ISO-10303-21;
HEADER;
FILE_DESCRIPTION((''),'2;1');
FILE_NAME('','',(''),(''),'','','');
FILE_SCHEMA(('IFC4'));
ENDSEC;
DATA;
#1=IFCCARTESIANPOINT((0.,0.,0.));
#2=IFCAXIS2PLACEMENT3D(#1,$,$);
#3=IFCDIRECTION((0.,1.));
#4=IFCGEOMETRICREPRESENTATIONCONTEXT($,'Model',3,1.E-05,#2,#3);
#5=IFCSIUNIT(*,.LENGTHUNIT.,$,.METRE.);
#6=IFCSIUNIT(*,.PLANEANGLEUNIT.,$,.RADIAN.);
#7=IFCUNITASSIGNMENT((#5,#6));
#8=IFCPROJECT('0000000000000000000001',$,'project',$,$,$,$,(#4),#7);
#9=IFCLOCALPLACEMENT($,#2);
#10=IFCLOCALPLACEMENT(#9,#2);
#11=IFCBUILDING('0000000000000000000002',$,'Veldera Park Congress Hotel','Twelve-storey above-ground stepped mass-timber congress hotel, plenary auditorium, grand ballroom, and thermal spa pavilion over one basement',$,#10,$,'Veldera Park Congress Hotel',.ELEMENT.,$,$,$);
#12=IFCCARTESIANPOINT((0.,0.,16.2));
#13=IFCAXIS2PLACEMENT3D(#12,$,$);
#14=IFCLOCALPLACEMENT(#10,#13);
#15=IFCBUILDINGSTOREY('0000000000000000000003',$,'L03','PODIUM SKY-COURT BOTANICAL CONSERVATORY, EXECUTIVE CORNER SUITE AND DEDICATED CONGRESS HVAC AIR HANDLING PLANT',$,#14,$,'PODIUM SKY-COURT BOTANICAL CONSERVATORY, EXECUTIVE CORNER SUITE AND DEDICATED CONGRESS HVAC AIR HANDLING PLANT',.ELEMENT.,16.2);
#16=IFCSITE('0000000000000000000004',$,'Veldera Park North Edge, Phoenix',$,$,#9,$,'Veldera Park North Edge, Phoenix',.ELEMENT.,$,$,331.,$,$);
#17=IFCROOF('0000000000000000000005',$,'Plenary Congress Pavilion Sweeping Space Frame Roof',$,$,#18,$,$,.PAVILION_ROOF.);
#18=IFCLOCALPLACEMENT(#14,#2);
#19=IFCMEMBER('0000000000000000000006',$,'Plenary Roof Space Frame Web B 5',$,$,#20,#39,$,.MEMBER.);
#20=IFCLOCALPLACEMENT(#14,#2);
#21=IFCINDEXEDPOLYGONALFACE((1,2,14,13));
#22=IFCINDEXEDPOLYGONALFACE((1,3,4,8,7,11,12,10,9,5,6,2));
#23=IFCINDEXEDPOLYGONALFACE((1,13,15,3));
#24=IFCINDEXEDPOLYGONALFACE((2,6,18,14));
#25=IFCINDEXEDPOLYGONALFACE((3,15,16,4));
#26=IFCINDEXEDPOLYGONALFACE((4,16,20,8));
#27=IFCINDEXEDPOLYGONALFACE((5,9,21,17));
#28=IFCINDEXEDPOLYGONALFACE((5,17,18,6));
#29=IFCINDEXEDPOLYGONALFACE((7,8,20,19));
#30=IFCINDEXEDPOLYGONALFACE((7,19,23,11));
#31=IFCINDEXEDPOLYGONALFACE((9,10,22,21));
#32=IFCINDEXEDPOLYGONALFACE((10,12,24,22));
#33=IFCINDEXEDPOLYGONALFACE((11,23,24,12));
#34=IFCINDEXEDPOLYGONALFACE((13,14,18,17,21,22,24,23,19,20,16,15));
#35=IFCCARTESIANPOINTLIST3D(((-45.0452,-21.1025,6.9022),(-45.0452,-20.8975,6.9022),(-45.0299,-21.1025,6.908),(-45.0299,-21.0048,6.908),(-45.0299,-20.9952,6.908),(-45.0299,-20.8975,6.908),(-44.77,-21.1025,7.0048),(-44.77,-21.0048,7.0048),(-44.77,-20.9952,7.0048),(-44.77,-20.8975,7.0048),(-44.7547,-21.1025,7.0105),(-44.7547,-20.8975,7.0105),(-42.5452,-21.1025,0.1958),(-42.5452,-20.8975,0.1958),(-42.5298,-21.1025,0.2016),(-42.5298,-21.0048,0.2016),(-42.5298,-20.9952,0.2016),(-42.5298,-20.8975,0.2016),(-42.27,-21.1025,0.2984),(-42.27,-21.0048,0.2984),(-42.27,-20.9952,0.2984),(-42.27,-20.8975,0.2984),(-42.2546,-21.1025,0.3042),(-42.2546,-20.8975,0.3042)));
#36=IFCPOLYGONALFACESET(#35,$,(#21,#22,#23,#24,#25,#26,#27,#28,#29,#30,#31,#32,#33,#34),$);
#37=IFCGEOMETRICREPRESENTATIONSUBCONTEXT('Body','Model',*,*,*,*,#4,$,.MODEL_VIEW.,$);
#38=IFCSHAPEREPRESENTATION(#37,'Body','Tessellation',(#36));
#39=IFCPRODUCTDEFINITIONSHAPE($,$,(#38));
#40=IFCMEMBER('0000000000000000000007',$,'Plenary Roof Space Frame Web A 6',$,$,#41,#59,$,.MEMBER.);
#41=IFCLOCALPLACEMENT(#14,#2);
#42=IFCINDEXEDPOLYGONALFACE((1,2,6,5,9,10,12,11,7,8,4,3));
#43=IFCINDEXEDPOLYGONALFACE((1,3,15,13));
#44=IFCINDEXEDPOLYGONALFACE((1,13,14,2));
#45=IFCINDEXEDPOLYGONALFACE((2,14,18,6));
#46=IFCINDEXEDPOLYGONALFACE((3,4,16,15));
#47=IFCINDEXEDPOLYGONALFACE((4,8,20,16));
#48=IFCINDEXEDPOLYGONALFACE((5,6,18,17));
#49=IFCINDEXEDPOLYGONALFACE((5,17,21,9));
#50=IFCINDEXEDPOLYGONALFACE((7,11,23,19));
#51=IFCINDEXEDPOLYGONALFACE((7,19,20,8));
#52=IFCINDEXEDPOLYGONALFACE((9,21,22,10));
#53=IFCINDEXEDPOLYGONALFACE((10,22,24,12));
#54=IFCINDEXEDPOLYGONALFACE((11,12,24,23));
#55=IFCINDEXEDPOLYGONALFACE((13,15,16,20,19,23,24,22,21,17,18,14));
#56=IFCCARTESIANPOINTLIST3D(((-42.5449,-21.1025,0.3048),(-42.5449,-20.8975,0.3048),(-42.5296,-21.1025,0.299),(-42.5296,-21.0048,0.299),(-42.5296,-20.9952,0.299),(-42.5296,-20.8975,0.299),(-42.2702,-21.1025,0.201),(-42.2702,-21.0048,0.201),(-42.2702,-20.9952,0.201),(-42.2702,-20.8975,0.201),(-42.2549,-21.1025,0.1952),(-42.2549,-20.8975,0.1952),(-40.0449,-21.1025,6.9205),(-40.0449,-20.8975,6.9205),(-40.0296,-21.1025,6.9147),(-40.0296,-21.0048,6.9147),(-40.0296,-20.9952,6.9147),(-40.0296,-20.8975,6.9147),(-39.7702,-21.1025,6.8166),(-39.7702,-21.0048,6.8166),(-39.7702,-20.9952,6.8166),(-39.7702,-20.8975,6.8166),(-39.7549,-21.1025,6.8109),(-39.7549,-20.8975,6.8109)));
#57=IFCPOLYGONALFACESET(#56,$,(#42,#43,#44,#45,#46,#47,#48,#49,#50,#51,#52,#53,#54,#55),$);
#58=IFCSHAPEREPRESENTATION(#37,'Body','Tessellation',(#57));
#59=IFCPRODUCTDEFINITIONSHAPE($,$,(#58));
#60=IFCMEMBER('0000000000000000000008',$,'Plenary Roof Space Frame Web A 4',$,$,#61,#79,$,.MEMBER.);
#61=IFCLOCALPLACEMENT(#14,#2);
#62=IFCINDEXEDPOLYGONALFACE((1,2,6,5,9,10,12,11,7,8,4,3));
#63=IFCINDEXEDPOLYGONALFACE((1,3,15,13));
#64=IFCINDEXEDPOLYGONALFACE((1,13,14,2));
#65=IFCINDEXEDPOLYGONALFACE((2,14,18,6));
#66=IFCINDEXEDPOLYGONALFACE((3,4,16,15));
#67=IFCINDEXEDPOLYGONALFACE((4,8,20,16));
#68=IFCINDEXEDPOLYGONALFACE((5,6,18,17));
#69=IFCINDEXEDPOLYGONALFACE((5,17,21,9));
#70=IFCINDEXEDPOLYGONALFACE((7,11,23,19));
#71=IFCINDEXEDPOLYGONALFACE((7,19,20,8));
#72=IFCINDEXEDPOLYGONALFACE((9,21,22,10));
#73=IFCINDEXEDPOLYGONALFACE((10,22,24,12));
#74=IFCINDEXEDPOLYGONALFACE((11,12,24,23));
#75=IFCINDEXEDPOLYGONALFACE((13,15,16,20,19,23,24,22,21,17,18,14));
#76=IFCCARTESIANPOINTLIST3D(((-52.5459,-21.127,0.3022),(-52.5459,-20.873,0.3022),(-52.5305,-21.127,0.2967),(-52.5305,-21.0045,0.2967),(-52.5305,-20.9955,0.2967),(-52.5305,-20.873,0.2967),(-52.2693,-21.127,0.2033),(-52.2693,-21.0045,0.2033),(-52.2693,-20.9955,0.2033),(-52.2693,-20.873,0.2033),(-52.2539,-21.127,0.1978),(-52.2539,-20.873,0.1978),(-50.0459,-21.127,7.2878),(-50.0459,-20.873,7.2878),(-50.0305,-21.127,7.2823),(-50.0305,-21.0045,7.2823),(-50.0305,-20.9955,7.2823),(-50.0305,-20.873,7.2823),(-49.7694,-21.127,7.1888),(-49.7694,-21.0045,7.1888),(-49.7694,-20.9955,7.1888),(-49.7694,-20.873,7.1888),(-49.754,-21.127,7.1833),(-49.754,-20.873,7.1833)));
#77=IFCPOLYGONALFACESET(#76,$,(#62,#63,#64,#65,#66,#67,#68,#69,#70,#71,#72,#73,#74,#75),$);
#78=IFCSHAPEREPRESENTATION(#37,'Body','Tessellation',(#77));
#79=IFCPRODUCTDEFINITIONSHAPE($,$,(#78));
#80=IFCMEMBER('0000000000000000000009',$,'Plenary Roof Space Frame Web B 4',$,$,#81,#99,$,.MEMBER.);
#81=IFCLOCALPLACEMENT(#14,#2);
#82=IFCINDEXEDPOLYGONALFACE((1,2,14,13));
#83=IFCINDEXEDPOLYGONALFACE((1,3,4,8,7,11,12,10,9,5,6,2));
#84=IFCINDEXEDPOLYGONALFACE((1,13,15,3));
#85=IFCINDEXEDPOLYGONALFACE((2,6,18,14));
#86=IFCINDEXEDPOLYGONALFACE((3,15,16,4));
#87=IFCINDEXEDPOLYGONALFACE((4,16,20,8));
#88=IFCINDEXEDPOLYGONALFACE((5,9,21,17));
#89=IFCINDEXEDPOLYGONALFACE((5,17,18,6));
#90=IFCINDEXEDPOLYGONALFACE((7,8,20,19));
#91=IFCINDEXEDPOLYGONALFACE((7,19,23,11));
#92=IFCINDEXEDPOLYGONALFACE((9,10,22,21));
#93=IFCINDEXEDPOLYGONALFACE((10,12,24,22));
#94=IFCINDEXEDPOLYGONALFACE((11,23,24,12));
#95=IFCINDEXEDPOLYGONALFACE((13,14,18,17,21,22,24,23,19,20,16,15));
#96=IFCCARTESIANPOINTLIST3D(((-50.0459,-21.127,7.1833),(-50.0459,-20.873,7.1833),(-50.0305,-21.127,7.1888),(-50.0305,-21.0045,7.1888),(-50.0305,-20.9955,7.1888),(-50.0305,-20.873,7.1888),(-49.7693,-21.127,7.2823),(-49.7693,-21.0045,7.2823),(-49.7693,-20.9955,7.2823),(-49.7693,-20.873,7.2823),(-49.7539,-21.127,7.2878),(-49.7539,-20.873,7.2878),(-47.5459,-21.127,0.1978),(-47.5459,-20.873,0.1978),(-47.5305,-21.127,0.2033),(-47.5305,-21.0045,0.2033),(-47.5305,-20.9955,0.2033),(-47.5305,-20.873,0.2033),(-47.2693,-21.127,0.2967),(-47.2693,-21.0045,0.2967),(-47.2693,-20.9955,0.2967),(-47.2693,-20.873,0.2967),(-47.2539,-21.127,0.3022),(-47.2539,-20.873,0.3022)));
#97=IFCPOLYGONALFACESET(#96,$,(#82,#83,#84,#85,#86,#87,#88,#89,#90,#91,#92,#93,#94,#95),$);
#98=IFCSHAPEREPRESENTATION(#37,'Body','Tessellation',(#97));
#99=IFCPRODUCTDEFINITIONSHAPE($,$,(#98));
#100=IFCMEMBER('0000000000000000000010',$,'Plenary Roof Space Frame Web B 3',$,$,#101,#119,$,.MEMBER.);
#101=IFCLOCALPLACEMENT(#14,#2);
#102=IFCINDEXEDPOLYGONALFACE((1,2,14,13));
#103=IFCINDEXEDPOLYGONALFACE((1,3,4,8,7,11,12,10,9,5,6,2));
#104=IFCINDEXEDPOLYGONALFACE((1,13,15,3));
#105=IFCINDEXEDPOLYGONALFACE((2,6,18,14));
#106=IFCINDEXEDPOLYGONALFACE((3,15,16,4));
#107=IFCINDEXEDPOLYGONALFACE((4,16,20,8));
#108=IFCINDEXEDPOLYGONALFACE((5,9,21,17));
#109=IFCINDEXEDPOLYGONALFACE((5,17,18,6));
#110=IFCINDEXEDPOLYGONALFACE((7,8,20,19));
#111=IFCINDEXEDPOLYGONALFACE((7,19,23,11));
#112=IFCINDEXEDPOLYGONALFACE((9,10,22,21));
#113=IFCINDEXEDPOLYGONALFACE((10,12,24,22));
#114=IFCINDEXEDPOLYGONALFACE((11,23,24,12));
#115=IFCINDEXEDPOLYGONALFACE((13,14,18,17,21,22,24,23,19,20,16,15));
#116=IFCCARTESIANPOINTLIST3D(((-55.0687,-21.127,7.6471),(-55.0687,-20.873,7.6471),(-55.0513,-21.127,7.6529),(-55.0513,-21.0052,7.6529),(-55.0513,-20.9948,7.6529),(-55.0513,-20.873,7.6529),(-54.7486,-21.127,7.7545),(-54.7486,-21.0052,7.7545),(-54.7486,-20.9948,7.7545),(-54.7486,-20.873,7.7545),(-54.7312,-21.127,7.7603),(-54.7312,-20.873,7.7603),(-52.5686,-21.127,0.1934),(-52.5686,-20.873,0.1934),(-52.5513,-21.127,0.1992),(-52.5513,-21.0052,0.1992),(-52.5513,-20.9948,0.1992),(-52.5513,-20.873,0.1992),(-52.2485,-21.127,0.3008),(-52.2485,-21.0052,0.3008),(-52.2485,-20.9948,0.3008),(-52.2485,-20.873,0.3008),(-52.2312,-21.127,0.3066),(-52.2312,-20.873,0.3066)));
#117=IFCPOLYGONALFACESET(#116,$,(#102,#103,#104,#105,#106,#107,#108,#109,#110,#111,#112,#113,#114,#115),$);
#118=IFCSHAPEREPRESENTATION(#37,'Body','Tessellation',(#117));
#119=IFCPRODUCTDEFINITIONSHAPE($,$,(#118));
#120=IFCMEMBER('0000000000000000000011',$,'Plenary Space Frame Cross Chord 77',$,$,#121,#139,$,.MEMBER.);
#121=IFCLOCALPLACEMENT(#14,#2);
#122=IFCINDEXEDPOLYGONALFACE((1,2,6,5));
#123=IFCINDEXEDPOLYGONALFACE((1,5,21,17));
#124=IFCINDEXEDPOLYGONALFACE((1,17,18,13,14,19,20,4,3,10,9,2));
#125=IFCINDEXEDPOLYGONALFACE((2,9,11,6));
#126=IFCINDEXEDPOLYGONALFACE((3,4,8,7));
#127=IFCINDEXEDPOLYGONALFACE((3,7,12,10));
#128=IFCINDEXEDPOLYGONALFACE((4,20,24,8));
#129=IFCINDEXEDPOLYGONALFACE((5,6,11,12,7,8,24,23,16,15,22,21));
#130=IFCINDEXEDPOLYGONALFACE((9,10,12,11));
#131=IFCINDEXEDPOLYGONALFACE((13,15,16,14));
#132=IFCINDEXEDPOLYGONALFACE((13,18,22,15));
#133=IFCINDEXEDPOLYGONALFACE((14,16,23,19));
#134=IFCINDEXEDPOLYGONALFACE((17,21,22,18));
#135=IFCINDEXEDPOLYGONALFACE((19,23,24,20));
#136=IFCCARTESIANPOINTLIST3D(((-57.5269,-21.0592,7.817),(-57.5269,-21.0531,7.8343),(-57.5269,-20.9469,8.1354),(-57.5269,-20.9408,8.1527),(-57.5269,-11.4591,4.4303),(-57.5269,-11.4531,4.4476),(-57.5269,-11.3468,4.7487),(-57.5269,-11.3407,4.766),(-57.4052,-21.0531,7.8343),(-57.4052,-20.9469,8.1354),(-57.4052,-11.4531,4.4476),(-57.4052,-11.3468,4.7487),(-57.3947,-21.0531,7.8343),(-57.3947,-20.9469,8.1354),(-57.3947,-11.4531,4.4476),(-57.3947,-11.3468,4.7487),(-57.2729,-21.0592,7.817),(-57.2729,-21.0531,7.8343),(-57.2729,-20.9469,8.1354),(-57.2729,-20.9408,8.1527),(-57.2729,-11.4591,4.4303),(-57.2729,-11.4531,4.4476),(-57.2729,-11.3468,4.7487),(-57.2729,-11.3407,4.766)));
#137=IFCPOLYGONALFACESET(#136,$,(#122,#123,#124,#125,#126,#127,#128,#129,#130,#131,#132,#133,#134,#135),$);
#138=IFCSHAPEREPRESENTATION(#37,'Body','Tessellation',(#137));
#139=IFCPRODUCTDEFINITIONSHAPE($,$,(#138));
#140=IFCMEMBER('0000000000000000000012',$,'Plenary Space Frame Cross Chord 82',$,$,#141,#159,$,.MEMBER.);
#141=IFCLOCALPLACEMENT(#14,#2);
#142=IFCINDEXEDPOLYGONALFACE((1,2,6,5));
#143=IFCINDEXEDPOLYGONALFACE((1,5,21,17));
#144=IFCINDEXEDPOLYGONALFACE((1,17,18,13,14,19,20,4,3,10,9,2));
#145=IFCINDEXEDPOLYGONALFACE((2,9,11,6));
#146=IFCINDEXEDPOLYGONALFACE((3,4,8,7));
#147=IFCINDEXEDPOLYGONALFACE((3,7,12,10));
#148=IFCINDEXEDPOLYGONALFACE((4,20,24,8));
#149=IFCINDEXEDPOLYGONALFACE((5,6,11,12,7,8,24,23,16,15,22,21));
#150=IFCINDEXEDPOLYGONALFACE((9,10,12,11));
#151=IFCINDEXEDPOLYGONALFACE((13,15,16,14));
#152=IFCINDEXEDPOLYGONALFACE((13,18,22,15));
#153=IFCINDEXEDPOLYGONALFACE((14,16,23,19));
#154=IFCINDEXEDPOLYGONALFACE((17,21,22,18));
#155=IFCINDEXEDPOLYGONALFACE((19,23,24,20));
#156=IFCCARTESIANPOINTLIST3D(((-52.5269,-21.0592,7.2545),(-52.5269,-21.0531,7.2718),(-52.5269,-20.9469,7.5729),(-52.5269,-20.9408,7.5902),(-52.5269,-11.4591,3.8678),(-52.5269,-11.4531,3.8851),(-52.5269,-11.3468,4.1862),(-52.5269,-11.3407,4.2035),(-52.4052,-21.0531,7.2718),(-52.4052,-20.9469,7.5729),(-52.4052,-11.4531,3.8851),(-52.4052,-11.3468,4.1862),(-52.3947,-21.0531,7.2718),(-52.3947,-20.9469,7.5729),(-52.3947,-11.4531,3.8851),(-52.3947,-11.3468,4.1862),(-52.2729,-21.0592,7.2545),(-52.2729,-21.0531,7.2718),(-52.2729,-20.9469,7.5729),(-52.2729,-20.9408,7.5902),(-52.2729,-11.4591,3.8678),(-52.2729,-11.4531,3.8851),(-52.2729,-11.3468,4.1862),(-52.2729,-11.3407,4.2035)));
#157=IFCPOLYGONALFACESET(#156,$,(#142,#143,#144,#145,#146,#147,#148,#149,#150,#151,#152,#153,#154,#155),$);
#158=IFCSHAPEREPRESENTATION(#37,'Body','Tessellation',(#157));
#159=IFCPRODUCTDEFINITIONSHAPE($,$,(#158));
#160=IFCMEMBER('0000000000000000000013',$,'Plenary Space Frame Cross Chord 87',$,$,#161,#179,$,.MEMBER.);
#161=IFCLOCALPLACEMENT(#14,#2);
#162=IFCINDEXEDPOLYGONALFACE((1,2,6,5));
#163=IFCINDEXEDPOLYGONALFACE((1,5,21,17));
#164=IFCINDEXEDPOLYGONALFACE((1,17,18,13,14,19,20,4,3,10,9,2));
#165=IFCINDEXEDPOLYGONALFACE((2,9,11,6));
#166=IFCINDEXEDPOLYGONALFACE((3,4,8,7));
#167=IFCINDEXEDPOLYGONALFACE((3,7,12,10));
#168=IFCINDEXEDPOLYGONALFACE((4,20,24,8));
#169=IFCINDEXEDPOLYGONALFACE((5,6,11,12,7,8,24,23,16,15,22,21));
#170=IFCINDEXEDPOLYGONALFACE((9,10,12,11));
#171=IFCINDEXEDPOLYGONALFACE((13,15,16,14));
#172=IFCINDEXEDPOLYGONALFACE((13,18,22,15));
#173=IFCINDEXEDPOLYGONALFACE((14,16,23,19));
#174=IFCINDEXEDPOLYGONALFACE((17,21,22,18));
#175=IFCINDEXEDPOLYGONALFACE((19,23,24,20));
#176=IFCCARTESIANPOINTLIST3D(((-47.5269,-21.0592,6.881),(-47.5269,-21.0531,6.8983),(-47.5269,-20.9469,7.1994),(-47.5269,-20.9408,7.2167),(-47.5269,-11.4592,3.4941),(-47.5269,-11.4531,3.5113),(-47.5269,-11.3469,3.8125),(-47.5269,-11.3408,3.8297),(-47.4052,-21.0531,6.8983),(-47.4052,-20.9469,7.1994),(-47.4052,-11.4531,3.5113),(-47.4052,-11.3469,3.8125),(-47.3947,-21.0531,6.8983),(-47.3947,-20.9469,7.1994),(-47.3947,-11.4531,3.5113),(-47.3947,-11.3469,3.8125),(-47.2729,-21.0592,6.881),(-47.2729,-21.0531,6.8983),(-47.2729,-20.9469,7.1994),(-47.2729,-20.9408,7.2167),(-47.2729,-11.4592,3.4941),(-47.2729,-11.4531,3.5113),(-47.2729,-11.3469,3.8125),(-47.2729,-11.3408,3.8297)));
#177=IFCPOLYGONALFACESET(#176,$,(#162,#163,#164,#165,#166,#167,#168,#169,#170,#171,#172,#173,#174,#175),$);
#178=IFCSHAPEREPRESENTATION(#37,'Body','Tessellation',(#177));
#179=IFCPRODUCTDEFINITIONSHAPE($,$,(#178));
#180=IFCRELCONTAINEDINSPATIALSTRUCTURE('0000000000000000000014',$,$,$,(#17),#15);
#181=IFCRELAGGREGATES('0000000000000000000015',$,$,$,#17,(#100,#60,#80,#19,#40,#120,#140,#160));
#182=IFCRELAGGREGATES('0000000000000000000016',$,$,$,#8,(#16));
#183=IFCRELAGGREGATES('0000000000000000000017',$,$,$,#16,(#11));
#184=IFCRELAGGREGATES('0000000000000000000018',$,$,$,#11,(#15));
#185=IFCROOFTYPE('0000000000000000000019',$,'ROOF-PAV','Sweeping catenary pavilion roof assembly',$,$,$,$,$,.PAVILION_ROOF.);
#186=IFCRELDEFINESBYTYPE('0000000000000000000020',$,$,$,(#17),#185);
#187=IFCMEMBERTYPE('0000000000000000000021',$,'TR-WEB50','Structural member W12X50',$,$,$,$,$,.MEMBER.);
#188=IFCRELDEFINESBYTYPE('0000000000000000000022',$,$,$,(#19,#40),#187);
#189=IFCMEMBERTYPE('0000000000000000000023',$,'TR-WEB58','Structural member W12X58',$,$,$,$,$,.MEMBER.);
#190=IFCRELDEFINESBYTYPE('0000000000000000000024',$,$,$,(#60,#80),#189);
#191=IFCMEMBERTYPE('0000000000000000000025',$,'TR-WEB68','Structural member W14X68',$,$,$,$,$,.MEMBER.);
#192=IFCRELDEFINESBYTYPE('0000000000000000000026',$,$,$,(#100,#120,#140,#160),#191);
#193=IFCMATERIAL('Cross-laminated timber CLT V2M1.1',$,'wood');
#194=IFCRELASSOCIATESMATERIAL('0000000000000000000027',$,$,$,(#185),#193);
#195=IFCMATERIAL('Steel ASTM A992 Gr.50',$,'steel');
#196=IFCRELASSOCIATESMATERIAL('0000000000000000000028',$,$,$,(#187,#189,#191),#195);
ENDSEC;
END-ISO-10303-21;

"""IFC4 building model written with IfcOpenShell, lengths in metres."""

from ifc_helpers import new_model, si_unit, direction, frame, origin, origin_2d, place, context, subcontext, project, spatial, i_section, extrude, material, material_profile, profile_set, type_object, element, aggregate, save


model = new_model("IFC4")

# Units and contexts
model_context = context("Model", 3, precision=1e-05, world=origin(), true_north=direction((0.0, 1.0)))
body_context = subcontext(model_context, "Body", "Model", "MODEL_VIEW")
ifc_project = project(units=[si_unit("LENGTHUNIT", "METRE"), si_unit("PLANEANGLEUNIT", "RADIAN")], contexts=[model_context])

# Site, building, storey
site_placement = place(None, origin())
site = spatial("IfcSite", under=ifc_project, at=site_placement, Name="Veldera Park North Edge, Phoenix", LongName="Veldera Park North Edge, Phoenix", CompositionType="ELEMENT", RefElevation=331.0)
building_placement = place(site_placement, origin())
building = spatial("IfcBuilding", under=site, at=building_placement, Name="Veldera Park Congress Hotel", Description="Twelve-storey above-ground stepped mass-timber congress hotel, plenary auditorium, grand ballroom, and thermal spa pavilion over one basement", LongName="Veldera Park Congress Hotel", CompositionType="ELEMENT")
storey_placement = place(building_placement, frame((0.0, 0.0, 16.2)))
storey = spatial("IfcBuildingStorey", under=building, at=storey_placement, Name="L03", Description="PODIUM SKY-COURT BOTANICAL CONSERVATORY, EXECUTIVE CORNER SUITE AND DEDICATED CONGRESS HVAC AIR HANDLING PLANT", LongName="PODIUM SKY-COURT BOTANICAL CONSERVATORY, EXECUTIVE CORNER SUITE AND DEDICATED CONGRESS HVAC AIR HANDLING PLANT", CompositionType="ELEMENT", Elevation=16.2)

# Shared definitions
ifc_material_1 = material(Name="Steel ASTM A992 Gr.50", Category="steel")

# Roof, members
ifc_material_2 = material(Name="Cross-laminated timber CLT V2M1.1", Category="wood")
roof_type = type_object("IfcRoofType", Name="ROOF-PAV", Description="Sweeping catenary pavilion roof assembly", PredefinedType="PAVILION_ROOF", material=ifc_material_2)
roof_placement = place(storey_placement, origin())
roof = element("IfcRoof", 1, at=roof_placement, inside=storey, type_object=roof_type, Name="Plenary Congress Pavilion Sweeping Space Frame Roof", PredefinedType="PAVILION_ROOF")
ifc_material_profile_1 = material_profile(ifc_material_1, i_section(OverallWidth=0.2051, OverallDepth=0.3101, WebThickness=0.0095, FlangeThickness=0.0164, at=origin_2d()), Name="W12X50")
ifc_profile_set_1 = profile_set([ifc_material_profile_1], Name="Steel ASTM A992 Gr.50")
member_type_1 = type_object("IfcMemberType", Name="TR-WEB50", Description="Structural member W12X50", PredefinedType="MEMBER", material=ifc_profile_set_1)
member_1_placement = place(storey_placement, frame((-42.3999, -21.0, 0.25), z_axis=(-0.349302, 0.0, 0.93701), x_axis=(0.0, -1.0, 0.0)))
member_1 = element("IfcMember", 2, at=member_1_placement, type_object=member_type_1, Name="Plenary Roof Space Frame Web B 5", PredefinedType="MEMBER", context=body_context, shape_type="SweptSolid", body=[
    extrude(i_section(OverallWidth=0.2051, OverallDepth=0.3101, WebThickness=0.0095, FlangeThickness=0.0164, at=origin_2d()), origin(), (0.0, 0.0, 1.0), 7.1572),
])
member_2_placement = place(storey_placement, frame((-42.3999, -21.0, 0.25), z_axis=(0.353491, 0.0, 0.935438), x_axis=(0.0, 1.0, 0.0)))
member_2 = element("IfcMember", 3, at=member_2_placement, type_object=member_type_1, Name="Plenary Roof Space Frame Web A 6", PredefinedType="MEMBER", context=body_context, shape_type="SweptSolid", body=[
    extrude(i_section(OverallWidth=0.2051, OverallDepth=0.3101, WebThickness=0.0095, FlangeThickness=0.0164, at=origin_2d()), origin(), (0.0, 0.0, 1.0), 7.0723),
])
ifc_material_profile_2 = material_profile(ifc_material_1, i_section(OverallWidth=0.2539, OverallDepth=0.3101, WebThickness=0.009, FlangeThickness=0.0164, at=origin_2d()), Name="W12X58")
ifc_profile_set_2 = profile_set([ifc_material_profile_2], Name="Steel ASTM A992 Gr.50")
member_type_2 = type_object("IfcMemberType", Name="TR-WEB58", Description="Structural member W12X58", PredefinedType="MEMBER", material=ifc_profile_set_2)
member_3_placement = place(storey_placement, frame((-52.3999, -21.0, 0.25), z_axis=(0.336951, 0.0, 0.941522), x_axis=(0.0, 1.0, 0.0)))
member_3 = element("IfcMember", 4, at=member_3_placement, type_object=member_type_2, Name="Plenary Roof Space Frame Web A 4", PredefinedType="MEMBER", context=body_context, shape_type="SweptSolid", body=[
    extrude(i_section(OverallWidth=0.2539, OverallDepth=0.3101, WebThickness=0.009, FlangeThickness=0.0164, at=origin_2d()), origin(), (0.0, 0.0, 1.0), 7.4194),
])
member_4_placement = place(storey_placement, frame((-47.3999, -21.0, 0.25), z_axis=(-0.336951, 0.0, 0.941522), x_axis=(0.0, -1.0, 0.0)))
member_4 = element("IfcMember", 5, at=member_4_placement, type_object=member_type_2, Name="Plenary Roof Space Frame Web B 4", PredefinedType="MEMBER", context=body_context, shape_type="SweptSolid", body=[
    extrude(i_section(OverallWidth=0.2539, OverallDepth=0.3101, WebThickness=0.009, FlangeThickness=0.0164, at=origin_2d()), origin(), (0.0, 0.0, 1.0), 7.4194),
])
ifc_material_profile_3 = material_profile(ifc_material_1, i_section(OverallWidth=0.2539, OverallDepth=0.356, WebThickness=0.0105, FlangeThickness=0.0183, at=origin_2d()), Name="W14X68")
ifc_profile_set_3 = profile_set([ifc_material_profile_3], Name="Steel ASTM A992 Gr.50")
member_type_3 = type_object("IfcMemberType", Name="TR-WEB68", Description="Structural member W14X68", PredefinedType="MEMBER", material=ifc_profile_set_3)
member_5_placement = place(storey_placement, frame((-52.3999, -21.0, 0.25), z_axis=(-0.317997, 0.0, 0.948092), x_axis=(0.0, -1.0, 0.0)))
member_5 = element("IfcMember", 6, at=member_5_placement, type_object=member_type_3, Name="Plenary Roof Space Frame Web B 3", PredefinedType="MEMBER", context=body_context, shape_type="SweptSolid", body=[
    extrude(i_section(OverallWidth=0.2539, OverallDepth=0.356, WebThickness=0.0105, FlangeThickness=0.0183, at=origin_2d()), origin(), (0.0, 0.0, 1.0), 7.8618),
])
member_6_placement = place(storey_placement, frame((-57.3999, -21.0, 7.9849), z_axis=(0.0, 0.943038, -0.332685), x_axis=(-1.0, 0.0, 0.0)))
member_6 = element("IfcMember", 7, at=member_6_placement, type_object=member_type_3, Name="Plenary Space Frame Cross Chord 77", PredefinedType="MEMBER", context=body_context, shape_type="SweptSolid", body=[
    extrude(i_section(OverallWidth=0.2539, OverallDepth=0.356, WebThickness=0.0105, FlangeThickness=0.0183, at=origin_2d()), origin(), (0.0, 0.0, 1.0), 10.1799),
])
member_7_placement = place(storey_placement, frame((-52.3999, -21.0, 7.4224), z_axis=(0.0, 0.943038, -0.332685), x_axis=(-1.0, 0.0, 0.0)))
member_7 = element("IfcMember", 8, at=member_7_placement, type_object=member_type_3, Name="Plenary Space Frame Cross Chord 82", PredefinedType="MEMBER", context=body_context, shape_type="SweptSolid", body=[
    extrude(i_section(OverallWidth=0.2539, OverallDepth=0.356, WebThickness=0.0105, FlangeThickness=0.0183, at=origin_2d()), origin(), (0.0, 0.0, 1.0), 10.1799),
])
member_8_placement = place(storey_placement, frame((-47.3999, -21.0, 7.0488), z_axis=(0.0, 0.943031, -0.332706), x_axis=(-1.0, 0.0, 0.0)))
member_8 = element("IfcMember", 9, at=member_8_placement, type_object=member_type_3, Name="Plenary Space Frame Cross Chord 87", PredefinedType="MEMBER", context=body_context, shape_type="SweptSolid", body=[
    extrude(i_section(OverallWidth=0.2539, OverallDepth=0.356, WebThickness=0.0105, FlangeThickness=0.0183, at=origin_2d()), origin(), (0.0, 0.0, 1.0), 10.1799),
])
aggregate(roof, [member_5, member_3, member_4, member_1, member_2, member_6, member_7, member_8])

save(model, "model.ifc")
